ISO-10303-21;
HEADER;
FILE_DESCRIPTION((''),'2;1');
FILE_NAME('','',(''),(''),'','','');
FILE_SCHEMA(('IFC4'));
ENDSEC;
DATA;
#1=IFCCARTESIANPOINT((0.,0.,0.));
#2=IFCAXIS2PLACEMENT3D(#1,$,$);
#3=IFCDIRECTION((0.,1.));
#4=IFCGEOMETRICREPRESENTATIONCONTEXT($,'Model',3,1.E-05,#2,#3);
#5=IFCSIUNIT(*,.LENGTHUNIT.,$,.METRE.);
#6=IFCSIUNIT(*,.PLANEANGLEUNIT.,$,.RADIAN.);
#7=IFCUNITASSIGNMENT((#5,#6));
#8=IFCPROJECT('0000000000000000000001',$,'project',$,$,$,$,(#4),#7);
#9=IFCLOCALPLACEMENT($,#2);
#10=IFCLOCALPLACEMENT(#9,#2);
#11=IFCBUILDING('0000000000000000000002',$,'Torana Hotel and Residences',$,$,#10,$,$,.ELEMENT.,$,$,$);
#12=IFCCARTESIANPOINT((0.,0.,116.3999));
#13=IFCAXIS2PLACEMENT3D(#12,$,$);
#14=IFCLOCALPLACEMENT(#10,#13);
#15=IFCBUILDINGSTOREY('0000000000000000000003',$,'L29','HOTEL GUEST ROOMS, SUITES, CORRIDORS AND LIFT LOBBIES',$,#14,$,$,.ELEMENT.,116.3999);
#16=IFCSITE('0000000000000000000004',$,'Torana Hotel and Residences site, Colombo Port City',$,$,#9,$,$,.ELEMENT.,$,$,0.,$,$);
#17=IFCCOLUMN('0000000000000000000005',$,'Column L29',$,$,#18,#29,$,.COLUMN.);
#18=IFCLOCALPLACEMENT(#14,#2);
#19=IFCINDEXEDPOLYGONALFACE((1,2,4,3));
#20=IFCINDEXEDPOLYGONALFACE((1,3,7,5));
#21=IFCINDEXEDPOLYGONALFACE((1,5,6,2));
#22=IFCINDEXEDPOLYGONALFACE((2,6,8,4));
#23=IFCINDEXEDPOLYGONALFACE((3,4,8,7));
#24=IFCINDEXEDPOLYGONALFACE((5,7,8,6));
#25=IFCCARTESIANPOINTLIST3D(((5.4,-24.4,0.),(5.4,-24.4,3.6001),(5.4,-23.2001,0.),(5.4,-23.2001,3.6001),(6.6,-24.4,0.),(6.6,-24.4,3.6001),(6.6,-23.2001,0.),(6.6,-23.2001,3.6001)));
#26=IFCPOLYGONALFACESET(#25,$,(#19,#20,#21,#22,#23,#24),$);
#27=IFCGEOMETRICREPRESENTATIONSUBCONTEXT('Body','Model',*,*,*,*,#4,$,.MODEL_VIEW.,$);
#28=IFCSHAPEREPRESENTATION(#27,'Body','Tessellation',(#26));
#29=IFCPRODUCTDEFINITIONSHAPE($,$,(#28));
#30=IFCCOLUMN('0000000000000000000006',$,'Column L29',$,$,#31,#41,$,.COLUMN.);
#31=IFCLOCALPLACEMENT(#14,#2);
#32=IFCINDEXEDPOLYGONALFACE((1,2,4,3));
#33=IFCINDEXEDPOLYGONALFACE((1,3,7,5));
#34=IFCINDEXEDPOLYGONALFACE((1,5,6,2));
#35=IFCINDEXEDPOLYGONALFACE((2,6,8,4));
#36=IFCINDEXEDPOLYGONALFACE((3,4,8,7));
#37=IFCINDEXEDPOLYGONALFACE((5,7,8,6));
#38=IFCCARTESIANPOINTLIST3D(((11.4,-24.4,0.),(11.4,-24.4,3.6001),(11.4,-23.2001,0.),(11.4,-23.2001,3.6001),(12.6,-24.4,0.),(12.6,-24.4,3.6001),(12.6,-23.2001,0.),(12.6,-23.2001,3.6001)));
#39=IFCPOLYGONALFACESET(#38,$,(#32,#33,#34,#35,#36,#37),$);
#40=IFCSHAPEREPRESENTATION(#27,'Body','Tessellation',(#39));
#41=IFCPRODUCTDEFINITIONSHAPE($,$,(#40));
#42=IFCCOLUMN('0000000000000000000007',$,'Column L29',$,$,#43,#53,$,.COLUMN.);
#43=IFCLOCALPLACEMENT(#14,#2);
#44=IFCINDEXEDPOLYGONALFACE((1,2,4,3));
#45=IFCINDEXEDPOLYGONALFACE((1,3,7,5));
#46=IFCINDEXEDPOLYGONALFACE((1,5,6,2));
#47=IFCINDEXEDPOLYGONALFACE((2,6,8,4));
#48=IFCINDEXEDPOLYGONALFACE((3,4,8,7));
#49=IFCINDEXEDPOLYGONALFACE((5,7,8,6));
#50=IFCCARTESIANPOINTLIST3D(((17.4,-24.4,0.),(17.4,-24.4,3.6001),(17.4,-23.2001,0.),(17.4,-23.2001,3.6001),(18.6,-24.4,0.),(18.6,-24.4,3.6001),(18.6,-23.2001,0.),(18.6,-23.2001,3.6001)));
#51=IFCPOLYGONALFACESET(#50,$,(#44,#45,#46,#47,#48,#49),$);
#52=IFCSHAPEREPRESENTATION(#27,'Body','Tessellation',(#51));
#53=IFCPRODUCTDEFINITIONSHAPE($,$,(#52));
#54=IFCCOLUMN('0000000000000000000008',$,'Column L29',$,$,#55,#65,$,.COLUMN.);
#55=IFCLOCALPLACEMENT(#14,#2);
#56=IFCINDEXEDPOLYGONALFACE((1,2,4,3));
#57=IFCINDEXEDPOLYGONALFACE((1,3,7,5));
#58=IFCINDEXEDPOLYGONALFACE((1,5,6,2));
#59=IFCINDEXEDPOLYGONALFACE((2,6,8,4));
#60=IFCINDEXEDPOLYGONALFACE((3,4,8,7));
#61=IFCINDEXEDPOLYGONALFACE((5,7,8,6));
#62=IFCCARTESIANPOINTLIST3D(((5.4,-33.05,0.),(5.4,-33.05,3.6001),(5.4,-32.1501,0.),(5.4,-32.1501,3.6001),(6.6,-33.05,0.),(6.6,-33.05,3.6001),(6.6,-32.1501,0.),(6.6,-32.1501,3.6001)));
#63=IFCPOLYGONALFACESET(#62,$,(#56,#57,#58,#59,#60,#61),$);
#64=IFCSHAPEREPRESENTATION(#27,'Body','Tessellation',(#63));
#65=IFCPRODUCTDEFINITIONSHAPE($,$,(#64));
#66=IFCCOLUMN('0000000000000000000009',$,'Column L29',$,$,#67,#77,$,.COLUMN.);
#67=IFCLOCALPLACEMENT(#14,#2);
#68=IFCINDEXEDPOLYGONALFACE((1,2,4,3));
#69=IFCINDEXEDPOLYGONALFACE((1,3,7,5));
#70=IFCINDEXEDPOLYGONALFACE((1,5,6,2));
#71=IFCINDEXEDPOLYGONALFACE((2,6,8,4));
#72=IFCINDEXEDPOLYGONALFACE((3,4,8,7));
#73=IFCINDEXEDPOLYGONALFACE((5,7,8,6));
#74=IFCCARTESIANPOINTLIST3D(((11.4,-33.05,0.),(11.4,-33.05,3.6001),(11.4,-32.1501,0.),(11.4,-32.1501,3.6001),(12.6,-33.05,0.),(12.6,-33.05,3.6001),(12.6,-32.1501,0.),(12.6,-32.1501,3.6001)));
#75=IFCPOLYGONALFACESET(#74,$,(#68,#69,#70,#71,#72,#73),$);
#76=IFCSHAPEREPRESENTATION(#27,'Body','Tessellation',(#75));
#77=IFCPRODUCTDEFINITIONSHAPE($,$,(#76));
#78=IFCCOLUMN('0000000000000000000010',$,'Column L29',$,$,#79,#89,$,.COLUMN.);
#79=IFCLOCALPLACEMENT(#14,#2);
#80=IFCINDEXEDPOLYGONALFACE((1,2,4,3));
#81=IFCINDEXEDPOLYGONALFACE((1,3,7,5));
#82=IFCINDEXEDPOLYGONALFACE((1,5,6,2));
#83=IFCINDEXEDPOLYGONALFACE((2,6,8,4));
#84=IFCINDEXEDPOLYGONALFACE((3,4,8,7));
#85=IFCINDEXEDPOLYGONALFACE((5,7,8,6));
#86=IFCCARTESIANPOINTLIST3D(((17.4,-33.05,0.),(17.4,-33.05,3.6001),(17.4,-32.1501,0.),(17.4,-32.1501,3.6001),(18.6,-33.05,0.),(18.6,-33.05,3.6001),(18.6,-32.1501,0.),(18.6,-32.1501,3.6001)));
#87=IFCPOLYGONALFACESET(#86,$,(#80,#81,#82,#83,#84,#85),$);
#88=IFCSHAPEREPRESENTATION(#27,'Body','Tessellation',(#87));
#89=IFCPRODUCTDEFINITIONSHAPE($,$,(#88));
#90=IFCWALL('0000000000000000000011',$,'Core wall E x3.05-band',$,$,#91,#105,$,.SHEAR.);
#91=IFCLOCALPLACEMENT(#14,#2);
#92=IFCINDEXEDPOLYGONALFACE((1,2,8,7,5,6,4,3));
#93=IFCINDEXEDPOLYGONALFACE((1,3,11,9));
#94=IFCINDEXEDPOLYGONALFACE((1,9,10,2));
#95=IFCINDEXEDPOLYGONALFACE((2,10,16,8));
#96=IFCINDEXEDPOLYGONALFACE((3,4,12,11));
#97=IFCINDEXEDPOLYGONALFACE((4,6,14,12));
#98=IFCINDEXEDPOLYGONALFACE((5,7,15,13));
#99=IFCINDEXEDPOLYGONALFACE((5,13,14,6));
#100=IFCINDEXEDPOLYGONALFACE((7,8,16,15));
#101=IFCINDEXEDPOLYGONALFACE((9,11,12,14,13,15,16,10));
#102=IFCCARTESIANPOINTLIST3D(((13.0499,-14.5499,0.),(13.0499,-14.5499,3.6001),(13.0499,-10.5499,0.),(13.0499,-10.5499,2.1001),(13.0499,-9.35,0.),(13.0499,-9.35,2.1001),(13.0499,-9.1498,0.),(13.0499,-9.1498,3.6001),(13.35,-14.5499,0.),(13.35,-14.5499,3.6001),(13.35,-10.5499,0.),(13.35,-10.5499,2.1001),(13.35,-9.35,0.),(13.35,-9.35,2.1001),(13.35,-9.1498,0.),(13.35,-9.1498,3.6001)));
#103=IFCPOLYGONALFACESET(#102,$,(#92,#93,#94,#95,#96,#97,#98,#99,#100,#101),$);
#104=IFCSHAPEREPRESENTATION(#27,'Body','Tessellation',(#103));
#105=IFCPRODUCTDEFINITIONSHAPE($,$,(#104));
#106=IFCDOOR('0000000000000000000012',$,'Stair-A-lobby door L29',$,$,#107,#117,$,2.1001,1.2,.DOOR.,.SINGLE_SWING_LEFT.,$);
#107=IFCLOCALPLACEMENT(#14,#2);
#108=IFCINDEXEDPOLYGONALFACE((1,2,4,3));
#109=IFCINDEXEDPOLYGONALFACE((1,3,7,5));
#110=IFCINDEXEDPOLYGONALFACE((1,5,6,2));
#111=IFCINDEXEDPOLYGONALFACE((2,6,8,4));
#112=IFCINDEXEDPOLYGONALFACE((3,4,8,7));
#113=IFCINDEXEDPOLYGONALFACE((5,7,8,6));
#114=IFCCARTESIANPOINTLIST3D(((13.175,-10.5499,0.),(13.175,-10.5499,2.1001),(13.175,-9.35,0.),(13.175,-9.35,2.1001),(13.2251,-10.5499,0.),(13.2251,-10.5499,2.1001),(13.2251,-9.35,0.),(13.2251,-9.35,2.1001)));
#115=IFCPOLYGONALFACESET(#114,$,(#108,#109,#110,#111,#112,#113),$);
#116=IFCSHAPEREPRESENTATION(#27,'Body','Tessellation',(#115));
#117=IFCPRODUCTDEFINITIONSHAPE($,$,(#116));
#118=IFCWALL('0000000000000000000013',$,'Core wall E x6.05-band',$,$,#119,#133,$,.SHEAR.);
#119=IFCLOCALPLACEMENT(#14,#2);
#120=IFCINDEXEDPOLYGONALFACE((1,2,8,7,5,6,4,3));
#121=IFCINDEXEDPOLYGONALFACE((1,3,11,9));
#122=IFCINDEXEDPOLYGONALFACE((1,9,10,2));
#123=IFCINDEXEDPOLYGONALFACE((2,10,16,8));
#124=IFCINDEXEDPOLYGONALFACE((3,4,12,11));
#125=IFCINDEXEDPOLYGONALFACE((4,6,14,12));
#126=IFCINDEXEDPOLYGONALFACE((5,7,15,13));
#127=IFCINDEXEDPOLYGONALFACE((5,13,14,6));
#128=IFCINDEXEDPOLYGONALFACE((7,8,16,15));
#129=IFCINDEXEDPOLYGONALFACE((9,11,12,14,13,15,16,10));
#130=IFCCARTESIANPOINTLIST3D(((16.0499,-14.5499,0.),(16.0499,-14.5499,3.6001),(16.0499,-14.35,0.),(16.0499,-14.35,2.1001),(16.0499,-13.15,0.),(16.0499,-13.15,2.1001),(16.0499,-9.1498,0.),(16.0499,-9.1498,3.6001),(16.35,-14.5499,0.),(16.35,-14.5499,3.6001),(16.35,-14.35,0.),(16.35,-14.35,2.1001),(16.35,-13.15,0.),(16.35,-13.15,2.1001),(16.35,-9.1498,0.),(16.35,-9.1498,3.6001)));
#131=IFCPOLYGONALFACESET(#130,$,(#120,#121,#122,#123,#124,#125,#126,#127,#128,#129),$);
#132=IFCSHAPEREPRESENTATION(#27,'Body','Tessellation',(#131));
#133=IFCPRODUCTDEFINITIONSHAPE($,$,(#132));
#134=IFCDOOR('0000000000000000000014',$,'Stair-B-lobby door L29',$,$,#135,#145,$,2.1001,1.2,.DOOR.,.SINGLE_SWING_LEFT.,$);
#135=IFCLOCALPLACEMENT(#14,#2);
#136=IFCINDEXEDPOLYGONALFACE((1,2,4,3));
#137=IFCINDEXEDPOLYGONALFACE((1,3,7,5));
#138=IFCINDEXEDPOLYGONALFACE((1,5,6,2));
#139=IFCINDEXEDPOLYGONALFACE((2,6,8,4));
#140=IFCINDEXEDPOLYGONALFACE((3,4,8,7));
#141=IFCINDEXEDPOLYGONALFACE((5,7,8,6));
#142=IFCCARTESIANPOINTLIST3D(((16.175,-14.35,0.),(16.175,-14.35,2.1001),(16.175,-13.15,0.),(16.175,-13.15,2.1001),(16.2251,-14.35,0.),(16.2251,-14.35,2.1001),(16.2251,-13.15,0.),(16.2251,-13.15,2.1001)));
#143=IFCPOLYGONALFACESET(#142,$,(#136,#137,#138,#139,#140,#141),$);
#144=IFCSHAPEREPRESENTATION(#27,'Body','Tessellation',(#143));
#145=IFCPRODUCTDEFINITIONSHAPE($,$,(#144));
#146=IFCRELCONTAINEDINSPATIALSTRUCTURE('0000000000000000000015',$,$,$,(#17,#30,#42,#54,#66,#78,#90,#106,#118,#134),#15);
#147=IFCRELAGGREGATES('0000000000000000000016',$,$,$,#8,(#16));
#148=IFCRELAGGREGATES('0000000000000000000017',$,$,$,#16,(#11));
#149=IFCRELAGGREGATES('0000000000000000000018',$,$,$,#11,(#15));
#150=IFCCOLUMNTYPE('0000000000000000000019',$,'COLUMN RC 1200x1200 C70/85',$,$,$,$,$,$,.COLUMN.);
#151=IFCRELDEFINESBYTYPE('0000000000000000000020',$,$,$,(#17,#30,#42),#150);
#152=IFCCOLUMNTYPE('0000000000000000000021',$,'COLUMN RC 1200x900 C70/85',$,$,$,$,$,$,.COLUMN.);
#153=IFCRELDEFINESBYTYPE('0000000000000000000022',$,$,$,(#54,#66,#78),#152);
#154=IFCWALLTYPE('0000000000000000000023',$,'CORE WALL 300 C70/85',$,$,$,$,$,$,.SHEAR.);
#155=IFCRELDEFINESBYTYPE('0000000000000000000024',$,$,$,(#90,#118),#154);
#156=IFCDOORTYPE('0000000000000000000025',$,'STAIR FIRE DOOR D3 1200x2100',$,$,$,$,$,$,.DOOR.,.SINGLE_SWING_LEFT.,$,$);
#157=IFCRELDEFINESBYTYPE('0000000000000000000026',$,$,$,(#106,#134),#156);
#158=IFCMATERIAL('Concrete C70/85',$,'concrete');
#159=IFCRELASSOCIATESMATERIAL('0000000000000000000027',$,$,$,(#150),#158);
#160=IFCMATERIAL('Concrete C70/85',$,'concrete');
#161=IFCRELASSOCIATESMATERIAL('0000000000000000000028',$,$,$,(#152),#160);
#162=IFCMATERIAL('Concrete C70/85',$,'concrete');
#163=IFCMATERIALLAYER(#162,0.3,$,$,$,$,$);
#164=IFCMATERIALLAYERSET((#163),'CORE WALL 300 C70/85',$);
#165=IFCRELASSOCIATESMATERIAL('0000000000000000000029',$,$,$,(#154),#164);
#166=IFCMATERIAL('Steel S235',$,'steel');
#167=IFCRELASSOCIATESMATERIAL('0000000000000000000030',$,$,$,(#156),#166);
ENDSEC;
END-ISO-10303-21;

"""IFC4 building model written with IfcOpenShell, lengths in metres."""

from ifc_helpers import new_model, si_unit, direction, frame, frame_2d, origin, origin_2d, place, context, subcontext, project, spatial, rectangle, extrude, material, layer, layer_set, material_profile, profile_set, type_object, element, fill, save


model = new_model("IFC4")

# Units and contexts
model_context = context("Model", 3, precision=1e-05, world=origin(), true_north=direction((0.0, 1.0)))
body_context = subcontext(model_context, "Body", "Model", "MODEL_VIEW")
ifc_project = project(units=[si_unit("LENGTHUNIT", "METRE"), si_unit("PLANEANGLEUNIT", "RADIAN")], contexts=[model_context])

# Site, building, storey
site_placement = place(None, origin())
site = spatial("IfcSite", under=ifc_project, at=site_placement, Name="Torana Hotel and Residences site, Colombo Port City", CompositionType="ELEMENT", RefElevation=0.0)
building_placement = place(site_placement, origin())
building = spatial("IfcBuilding", under=site, at=building_placement, Name="Torana Hotel and Residences", CompositionType="ELEMENT")
storey_placement = place(building_placement, frame((0.0, 0.0, 116.3999)))
storey = spatial("IfcBuildingStorey", under=building, at=storey_placement, Name="L29", Description="HOTEL GUEST ROOMS, SUITES, CORRIDORS AND LIFT LOBBIES", CompositionType="ELEMENT", Elevation=116.3999)

# Columns
ifc_material_1 = material(Name="Concrete C70/85", Category="concrete")
ifc_material_profile_1 = material_profile(ifc_material_1, rectangle(XDim=1.2, YDim=1.2, at=origin_2d()), Name="RC 1200x1200")
ifc_profile_set_1 = profile_set([ifc_material_profile_1], Name="Concrete C70/85")
column_type_1 = type_object("IfcColumnType", Name="COLUMN RC 1200x1200 C70/85", PredefinedType="COLUMN", material=ifc_profile_set_1)
for number, where, z_axis, x_axis, name in (
    (1, (6.0, -23.8, 0.0), (0.0, 0.0, 1.0), (1.0, 0.0, 0.0), "Column L29"),
    (2, (12.0, -23.8, 0.0), (0.0, 0.0, 1.0), (1.0, 0.0, 0.0), "Column L29"),
    (3, (18.0, -23.8, 0.0), (0.0, 0.0, 1.0), (1.0, 0.0, 0.0), "Column L29"),
):
    element("IfcColumn", number, at=place(storey_placement, frame(where, z_axis=z_axis, x_axis=x_axis)), inside=storey, type_object=column_type_1, Name=name, PredefinedType="COLUMN", context=body_context, shape_type="SweptSolid", body=[
        extrude(rectangle(XDim=1.2, YDim=1.2, at=origin_2d()), origin(), (0.0, 0.0, 1.0), 3.6001),
    ])
ifc_material_2 = material(Name="Concrete C70/85", Category="concrete")
ifc_material_profile_2 = material_profile(ifc_material_2, rectangle(XDim=1.2, YDim=0.8999, at=origin_2d()), Name="RC 1200x900")
ifc_profile_set_2 = profile_set([ifc_material_profile_2], Name="Concrete C70/85")
column_type_2 = type_object("IfcColumnType", Name="COLUMN RC 1200x900 C70/85", PredefinedType="COLUMN", material=ifc_profile_set_2)
for number, where, z_axis, x_axis, name in (
    (4, (6.0, -32.6001, 0.0), (0.0, 0.0, 1.0), (1.0, 0.0, 0.0), "Column L29"),
    (5, (12.0, -32.6001, 0.0), (0.0, 0.0, 1.0), (1.0, 0.0, 0.0), "Column L29"),
    (6, (18.0, -32.6001, 0.0), (0.0, 0.0, 1.0), (1.0, 0.0, 0.0), "Column L29"),
):
    element("IfcColumn", number, at=place(storey_placement, frame(where, z_axis=z_axis, x_axis=x_axis)), inside=storey, type_object=column_type_2, Name=name, PredefinedType="COLUMN", context=body_context, shape_type="SweptSolid", body=[
        extrude(rectangle(XDim=1.2, YDim=0.8999, at=origin_2d()), origin(), (0.0, 0.0, 1.0), 3.6001),
    ])

# Walls, openings, doors
ifc_material_3 = material(Name="Concrete C70/85", Category="concrete")
ifc_layer_1 = layer(ifc_material_3, 0.3)
ifc_layer_set_1 = layer_set([ifc_layer_1], Name="CORE WALL 300 C70/85")
wall_type_1 = type_object("IfcWallType", Name="CORE WALL 300 C70/85", PredefinedType="SHEAR", material=ifc_layer_set_1)
wall_1_placement = place(storey_placement, frame((13.2, -14.55, 0.0), z_axis=(0.0, 0.0, 1.0), x_axis=(0.0, 1.0, 0.0)))
wall_1 = element("IfcWall", 7, at=wall_1_placement, inside=storey, type_object=wall_type_1, Name="Core wall E x3.05-band", PredefinedType="SHEAR", context=body_context, shape_type="SweptSolid", body=[
    extrude(rectangle(XDim=5.4001, YDim=0.3, at=frame_2d((2.7002, 0.0))), origin(), (0.0, 0.0, 1.0), 3.6001),
])
opening_1_placement = place(wall_1_placement, frame((4.0, 0.0, 0.0)))
opening_1 = element("IfcOpeningElement", 8, at=opening_1_placement, cuts=wall_1, PredefinedType="OPENING", context=body_context, shape_type="SweptSolid", body=[
    extrude(rectangle(XDim=1.2, YDim=2.1001, at=frame_2d((0.6001, 1.05))), frame((0.0, 0.1599, 0.0), z_axis=(0.0, -1.0, 0.0), x_axis=(1.0, 0.0, 0.0)), (0.0, 0.0, 1.0), 0.3201),
])
ifc_material_4 = material(Name="Steel S235", Category="steel")
door_type_1 = type_object("IfcDoorType", Name="STAIR FIRE DOOR D3 1200x2100", OperationType="SINGLE_SWING_LEFT", PredefinedType="DOOR", material=ifc_material_4)
door_1_placement = place(opening_1_placement, origin())
door_1 = element("IfcDoor", 9, at=door_1_placement, inside=storey, type_object=door_type_1, Name="Stair-A-lobby door L29", OperationType="SINGLE_SWING_LEFT", OverallHeight=2.1001, OverallWidth=1.2, PredefinedType="DOOR", context=body_context, shape_type="SweptSolid", body=[
    extrude(rectangle(XDim=1.2, YDim=2.1001, at=frame_2d((0.6001, 1.05))), frame((0.0, 0.0249, 0.0), z_axis=(0.0, -1.0, 0.0), x_axis=(1.0, 0.0, 0.0)), (0.0, 0.0, 1.0), 0.05),
])
fill(opening_1, door_1)
wall_2_placement = place(storey_placement, frame((16.2, -14.55, 0.0), z_axis=(0.0, 0.0, 1.0), x_axis=(0.0, 1.0, 0.0)))
wall_2 = element("IfcWall", 10, at=wall_2_placement, inside=storey, type_object=wall_type_1, Name="Core wall E x6.05-band", PredefinedType="SHEAR", context=body_context, shape_type="SweptSolid", body=[
    extrude(rectangle(XDim=5.4001, YDim=0.3, at=frame_2d((2.7002, 0.0))), origin(), (0.0, 0.0, 1.0), 3.6001),
])
opening_2_placement = place(wall_2_placement, frame((0.2, 0.0, 0.0)))
opening_2 = element("IfcOpeningElement", 11, at=opening_2_placement, cuts=wall_2, PredefinedType="OPENING", context=body_context, shape_type="SweptSolid", body=[
    extrude(rectangle(XDim=1.2, YDim=2.1001, at=frame_2d((0.6001, 1.05))), frame((0.0, 0.1599, 0.0), z_axis=(0.0, -1.0, 0.0), x_axis=(1.0, 0.0, 0.0)), (0.0, 0.0, 1.0), 0.3201),
])
door_2_placement = place(opening_2_placement, frame((0.6001, 0.0, 0.0), z_axis=(0.0, 0.0, 1.0), x_axis=(-1.0, 0.0, 0.0)))
door_2 = element("IfcDoor", 12, at=door_2_placement, inside=storey, type_object=door_type_1, Name="Stair-B-lobby door L29", OperationType="SINGLE_SWING_LEFT", OverallHeight=2.1001, OverallWidth=1.2, PredefinedType="DOOR", context=body_context, shape_type="SweptSolid", body=[
    extrude(rectangle(XDim=1.2, YDim=2.1001, at=frame_2d((0.0, 1.05))), frame((0.0, -0.0249, 0.0), z_axis=(0.0, 1.0, 0.0), x_axis=(-1.0, 0.0, 0.0)), (0.0, 0.0, 1.0), 0.05),
])
fill(opening_2, door_2)

save(model, "model.ifc")
